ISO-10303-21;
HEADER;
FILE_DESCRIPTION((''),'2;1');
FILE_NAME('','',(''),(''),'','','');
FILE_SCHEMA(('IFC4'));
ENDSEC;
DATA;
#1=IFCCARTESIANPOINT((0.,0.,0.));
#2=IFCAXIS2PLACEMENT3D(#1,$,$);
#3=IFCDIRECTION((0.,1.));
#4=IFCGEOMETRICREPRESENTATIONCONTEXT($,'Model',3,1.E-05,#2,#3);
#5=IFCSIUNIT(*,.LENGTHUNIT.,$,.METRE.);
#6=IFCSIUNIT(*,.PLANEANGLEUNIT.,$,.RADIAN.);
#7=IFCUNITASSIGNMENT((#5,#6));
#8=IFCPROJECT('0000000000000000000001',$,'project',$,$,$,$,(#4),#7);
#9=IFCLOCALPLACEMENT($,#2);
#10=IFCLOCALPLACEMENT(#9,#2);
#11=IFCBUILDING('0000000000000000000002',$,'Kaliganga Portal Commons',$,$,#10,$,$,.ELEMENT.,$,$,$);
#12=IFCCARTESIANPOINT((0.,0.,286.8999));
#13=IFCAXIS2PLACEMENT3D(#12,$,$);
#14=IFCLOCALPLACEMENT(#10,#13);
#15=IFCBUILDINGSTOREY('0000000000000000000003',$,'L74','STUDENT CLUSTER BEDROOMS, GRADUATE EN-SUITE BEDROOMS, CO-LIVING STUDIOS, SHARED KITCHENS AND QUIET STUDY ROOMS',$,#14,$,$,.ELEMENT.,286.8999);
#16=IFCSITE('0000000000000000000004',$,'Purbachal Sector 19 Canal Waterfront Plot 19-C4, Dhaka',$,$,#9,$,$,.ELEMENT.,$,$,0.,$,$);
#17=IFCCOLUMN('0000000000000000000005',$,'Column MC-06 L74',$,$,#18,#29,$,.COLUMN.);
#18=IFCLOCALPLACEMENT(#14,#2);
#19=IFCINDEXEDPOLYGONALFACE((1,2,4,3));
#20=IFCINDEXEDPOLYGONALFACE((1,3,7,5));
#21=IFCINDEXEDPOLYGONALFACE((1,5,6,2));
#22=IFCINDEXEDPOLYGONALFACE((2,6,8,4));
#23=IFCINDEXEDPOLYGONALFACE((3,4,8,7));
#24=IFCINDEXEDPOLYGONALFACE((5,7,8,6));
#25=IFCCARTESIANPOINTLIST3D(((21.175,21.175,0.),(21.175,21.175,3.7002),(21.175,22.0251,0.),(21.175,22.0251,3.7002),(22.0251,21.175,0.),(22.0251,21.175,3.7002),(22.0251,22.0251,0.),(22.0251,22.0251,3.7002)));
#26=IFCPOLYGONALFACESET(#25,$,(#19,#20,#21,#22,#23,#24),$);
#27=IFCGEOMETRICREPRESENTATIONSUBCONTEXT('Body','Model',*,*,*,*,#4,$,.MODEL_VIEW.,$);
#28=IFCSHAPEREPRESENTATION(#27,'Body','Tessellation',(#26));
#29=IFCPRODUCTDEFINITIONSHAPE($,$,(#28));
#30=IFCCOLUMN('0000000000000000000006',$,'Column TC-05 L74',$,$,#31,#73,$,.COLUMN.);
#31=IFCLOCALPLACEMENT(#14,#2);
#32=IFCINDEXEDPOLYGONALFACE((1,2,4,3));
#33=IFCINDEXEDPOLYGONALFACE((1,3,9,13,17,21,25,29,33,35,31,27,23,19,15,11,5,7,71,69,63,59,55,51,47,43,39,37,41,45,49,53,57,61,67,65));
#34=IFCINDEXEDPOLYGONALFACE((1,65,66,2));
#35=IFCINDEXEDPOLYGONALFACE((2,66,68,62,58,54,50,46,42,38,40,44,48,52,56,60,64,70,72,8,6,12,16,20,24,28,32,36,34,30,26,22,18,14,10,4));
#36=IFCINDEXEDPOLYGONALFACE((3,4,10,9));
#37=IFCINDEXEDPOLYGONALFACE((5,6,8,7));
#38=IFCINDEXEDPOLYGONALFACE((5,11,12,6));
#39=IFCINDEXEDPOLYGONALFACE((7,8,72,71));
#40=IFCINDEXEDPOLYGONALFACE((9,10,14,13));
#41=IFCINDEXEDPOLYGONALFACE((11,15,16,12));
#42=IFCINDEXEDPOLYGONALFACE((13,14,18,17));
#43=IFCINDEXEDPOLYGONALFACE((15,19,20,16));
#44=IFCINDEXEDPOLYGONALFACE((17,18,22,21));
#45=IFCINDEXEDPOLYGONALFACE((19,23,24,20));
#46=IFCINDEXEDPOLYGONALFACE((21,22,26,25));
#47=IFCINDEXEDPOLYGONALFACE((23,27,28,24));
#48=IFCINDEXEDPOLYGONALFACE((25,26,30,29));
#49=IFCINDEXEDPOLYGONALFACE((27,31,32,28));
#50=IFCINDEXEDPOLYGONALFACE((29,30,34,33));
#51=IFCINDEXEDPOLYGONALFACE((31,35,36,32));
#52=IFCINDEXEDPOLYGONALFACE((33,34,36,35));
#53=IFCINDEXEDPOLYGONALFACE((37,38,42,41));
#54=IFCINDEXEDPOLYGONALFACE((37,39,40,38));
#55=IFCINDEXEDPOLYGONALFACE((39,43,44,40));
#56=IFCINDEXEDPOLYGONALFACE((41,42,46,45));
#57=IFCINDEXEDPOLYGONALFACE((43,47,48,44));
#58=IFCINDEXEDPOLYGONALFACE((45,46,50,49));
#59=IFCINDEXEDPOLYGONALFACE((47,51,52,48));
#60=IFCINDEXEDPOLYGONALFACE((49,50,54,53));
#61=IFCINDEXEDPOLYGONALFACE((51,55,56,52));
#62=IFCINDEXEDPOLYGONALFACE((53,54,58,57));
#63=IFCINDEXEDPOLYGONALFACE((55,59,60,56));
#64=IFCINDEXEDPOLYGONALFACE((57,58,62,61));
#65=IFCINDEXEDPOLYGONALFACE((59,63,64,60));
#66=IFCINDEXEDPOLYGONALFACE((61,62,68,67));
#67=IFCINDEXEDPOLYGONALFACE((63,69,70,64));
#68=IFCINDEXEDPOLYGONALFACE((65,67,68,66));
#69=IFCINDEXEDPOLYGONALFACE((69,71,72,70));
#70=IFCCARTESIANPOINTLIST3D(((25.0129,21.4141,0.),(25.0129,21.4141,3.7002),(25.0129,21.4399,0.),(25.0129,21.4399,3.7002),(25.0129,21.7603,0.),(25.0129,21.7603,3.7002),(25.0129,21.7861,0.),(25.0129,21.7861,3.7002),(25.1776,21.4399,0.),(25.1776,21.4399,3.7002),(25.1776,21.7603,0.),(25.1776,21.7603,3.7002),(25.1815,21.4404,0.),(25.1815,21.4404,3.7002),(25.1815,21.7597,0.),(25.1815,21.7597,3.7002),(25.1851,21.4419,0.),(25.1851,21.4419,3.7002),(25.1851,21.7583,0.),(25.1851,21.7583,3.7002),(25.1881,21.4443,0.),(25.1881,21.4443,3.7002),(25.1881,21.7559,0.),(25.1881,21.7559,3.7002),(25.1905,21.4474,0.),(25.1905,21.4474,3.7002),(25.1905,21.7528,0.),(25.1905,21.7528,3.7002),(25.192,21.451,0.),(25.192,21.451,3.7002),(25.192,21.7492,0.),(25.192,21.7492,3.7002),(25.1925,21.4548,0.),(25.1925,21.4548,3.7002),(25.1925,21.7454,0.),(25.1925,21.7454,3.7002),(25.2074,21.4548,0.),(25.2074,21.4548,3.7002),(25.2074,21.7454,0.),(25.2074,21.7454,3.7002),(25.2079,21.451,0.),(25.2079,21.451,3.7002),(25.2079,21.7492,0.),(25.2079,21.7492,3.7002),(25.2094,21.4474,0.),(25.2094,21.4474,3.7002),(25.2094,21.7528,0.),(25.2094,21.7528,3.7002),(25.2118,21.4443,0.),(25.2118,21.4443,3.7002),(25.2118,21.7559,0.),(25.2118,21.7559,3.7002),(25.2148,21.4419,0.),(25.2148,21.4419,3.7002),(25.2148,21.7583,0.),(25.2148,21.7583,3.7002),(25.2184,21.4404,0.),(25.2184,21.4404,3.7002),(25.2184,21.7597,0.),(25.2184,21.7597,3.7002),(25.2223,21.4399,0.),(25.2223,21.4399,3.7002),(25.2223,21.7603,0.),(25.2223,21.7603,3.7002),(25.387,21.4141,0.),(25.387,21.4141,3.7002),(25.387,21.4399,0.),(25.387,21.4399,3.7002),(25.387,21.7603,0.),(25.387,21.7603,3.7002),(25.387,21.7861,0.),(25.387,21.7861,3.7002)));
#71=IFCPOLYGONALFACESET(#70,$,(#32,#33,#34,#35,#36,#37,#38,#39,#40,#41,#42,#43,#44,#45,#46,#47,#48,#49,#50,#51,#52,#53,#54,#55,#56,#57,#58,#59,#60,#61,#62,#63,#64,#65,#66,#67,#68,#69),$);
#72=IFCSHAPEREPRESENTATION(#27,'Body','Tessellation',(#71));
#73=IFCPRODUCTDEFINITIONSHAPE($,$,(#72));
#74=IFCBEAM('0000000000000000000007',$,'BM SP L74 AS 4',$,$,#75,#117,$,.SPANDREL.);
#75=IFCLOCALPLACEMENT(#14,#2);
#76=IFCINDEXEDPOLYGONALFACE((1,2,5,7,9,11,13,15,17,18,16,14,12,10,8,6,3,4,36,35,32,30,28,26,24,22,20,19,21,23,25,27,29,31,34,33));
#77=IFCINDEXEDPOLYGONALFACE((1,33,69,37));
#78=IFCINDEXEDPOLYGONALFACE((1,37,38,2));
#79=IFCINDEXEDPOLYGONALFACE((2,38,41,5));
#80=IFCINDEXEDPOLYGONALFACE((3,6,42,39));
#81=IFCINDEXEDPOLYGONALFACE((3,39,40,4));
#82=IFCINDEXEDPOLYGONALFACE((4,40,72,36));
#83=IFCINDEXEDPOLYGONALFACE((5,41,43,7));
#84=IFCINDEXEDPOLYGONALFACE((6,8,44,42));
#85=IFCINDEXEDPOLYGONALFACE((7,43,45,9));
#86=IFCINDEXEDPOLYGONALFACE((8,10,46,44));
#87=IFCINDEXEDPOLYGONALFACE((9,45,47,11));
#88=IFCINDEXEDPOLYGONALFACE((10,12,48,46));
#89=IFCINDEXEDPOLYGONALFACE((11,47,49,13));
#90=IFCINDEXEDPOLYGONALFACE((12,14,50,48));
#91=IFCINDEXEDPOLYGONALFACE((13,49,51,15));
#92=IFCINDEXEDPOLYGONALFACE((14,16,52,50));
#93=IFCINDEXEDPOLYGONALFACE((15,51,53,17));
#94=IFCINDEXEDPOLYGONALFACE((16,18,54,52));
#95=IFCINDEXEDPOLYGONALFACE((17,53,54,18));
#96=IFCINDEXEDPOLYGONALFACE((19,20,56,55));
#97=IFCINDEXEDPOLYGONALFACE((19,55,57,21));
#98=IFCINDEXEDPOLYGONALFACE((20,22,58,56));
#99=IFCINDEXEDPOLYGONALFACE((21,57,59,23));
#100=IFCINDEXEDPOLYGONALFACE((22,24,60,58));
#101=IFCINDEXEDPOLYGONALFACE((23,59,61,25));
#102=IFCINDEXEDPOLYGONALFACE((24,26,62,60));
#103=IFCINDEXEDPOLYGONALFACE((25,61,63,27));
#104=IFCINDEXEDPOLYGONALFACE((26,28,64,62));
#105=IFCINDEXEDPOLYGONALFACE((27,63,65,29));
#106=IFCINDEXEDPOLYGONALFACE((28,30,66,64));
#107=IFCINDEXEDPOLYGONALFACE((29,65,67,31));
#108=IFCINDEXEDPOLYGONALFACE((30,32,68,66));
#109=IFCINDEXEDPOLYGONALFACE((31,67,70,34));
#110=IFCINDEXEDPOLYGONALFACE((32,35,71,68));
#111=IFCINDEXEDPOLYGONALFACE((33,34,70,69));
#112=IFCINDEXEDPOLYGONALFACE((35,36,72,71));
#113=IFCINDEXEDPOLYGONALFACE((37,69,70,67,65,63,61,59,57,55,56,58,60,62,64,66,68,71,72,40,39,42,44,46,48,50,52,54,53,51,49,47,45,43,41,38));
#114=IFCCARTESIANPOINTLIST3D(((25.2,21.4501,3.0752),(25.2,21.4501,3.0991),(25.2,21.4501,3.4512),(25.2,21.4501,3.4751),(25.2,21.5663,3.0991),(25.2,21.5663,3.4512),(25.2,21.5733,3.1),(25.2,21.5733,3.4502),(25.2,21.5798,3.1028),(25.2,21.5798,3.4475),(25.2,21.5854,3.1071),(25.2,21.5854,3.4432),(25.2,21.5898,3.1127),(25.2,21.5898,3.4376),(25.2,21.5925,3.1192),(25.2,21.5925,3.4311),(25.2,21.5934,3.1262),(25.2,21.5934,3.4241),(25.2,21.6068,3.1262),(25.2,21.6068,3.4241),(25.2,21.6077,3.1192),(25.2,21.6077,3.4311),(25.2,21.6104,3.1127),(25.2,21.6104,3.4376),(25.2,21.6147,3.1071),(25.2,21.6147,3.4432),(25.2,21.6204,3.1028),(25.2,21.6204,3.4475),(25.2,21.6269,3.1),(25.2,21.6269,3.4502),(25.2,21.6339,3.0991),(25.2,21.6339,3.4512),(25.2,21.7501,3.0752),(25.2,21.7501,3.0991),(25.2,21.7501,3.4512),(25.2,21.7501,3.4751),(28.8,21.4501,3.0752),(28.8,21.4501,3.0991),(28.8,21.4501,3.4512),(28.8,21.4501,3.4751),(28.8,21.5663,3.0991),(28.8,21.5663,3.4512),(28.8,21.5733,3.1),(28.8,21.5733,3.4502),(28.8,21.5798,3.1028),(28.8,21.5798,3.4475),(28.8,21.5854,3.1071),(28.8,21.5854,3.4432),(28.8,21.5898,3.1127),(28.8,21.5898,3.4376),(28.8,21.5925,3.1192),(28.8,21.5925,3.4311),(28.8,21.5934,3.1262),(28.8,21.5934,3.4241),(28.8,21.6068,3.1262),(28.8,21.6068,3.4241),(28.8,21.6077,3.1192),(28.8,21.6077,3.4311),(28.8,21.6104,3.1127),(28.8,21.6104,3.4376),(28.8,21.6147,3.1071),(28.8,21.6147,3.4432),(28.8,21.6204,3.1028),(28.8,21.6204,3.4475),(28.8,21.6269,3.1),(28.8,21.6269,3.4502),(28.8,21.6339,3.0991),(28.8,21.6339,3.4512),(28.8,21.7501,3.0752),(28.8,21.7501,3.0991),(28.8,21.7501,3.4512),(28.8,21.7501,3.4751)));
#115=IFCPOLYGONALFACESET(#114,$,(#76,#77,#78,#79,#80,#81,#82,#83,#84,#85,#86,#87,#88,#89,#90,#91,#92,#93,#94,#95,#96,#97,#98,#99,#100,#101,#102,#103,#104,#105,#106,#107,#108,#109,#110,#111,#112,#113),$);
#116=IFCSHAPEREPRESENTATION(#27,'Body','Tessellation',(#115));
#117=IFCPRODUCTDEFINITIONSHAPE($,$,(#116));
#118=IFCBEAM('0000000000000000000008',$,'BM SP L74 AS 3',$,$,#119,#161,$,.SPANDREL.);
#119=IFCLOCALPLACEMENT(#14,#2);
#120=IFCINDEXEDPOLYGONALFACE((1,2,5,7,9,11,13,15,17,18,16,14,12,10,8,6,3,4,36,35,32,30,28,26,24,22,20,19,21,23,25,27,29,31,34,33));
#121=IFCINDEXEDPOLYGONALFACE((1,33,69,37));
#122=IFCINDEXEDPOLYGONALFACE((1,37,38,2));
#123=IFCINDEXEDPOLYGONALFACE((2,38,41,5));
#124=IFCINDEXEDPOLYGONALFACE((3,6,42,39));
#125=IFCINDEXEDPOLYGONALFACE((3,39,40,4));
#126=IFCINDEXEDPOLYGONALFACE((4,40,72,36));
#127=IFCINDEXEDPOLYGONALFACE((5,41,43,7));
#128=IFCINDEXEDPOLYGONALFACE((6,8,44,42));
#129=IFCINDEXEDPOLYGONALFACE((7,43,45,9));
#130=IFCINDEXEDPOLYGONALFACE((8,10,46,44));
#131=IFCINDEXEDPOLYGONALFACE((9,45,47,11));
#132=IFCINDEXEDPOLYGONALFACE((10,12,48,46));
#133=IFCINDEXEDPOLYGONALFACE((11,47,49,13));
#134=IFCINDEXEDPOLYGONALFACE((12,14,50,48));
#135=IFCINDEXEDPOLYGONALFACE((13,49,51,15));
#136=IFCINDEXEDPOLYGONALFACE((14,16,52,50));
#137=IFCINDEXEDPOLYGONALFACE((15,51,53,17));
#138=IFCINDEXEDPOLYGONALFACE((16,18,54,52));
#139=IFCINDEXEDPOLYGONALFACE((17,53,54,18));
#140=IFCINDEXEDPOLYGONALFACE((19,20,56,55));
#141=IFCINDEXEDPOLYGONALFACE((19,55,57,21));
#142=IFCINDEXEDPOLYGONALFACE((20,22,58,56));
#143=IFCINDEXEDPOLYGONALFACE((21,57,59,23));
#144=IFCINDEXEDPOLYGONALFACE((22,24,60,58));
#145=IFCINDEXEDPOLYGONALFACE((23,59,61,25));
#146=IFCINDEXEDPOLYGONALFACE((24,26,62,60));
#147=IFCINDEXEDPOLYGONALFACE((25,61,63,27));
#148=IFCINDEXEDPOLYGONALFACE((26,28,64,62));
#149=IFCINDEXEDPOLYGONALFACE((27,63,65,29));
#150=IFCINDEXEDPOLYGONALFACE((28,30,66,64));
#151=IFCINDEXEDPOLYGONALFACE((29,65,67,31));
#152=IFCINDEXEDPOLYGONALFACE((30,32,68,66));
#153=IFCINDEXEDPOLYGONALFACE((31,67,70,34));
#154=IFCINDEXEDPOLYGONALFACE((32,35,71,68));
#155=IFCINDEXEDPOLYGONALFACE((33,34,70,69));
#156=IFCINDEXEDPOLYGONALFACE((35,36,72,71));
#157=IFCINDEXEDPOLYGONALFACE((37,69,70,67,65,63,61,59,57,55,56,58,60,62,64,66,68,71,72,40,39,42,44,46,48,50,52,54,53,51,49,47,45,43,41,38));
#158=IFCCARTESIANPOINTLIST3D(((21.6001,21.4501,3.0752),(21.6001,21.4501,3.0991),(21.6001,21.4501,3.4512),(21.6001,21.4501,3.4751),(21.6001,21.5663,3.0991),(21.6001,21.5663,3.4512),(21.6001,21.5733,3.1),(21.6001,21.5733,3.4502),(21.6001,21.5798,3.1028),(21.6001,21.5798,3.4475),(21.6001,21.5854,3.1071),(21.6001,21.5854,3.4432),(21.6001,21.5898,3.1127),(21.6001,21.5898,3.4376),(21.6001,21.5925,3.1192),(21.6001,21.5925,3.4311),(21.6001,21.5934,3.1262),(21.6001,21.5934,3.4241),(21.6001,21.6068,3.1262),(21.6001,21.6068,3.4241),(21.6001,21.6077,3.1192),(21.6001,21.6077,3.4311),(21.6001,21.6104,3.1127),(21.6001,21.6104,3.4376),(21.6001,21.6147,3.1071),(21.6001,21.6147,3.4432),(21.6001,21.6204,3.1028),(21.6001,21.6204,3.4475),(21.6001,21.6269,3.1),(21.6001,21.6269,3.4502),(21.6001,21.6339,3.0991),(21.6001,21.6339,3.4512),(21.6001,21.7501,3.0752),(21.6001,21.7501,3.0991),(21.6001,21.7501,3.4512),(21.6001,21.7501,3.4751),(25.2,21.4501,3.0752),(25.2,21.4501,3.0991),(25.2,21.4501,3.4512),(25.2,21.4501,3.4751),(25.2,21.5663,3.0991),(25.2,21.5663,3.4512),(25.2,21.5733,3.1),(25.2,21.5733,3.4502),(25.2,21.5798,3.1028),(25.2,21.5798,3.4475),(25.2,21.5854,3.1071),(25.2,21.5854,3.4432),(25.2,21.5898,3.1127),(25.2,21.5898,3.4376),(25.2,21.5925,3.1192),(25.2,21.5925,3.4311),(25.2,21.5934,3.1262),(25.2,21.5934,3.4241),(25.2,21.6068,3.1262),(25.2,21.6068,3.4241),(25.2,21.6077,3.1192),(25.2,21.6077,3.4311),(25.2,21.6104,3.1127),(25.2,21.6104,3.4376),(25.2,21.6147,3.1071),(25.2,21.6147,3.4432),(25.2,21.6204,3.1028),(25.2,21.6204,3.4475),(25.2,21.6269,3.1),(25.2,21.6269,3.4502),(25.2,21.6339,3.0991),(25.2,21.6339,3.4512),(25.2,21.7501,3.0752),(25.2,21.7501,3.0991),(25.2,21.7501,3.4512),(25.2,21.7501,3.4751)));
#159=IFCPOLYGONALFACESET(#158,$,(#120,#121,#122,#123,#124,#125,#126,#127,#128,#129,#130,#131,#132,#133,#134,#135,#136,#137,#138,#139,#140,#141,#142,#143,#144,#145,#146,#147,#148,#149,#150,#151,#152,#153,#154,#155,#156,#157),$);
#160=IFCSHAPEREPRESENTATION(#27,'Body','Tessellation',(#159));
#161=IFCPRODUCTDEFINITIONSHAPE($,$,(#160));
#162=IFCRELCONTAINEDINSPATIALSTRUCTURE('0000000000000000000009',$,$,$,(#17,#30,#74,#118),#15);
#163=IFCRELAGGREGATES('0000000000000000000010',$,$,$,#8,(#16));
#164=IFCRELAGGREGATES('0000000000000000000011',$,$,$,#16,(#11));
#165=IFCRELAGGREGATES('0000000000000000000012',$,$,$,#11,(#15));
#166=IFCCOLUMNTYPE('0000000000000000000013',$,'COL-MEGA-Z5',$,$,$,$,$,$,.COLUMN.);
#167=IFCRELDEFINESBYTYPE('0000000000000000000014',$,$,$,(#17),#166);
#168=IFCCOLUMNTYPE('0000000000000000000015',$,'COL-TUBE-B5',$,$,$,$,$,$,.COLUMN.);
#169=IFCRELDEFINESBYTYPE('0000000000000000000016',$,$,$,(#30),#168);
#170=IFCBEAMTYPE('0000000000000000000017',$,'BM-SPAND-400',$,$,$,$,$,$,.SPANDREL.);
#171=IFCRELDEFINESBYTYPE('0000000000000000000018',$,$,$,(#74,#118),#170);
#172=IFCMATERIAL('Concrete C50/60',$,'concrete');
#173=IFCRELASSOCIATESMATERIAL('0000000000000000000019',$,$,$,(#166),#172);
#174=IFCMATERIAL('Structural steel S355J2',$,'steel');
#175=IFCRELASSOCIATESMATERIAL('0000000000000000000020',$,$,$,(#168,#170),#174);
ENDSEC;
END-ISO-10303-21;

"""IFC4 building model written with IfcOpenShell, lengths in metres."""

from ifc_helpers import new_model, si_unit, direction, frame, origin, origin_2d, place, context, subcontext, project, spatial, rectangle, i_section, extrude, source, transform, mapped, material, material_profile, profile_set, type_object, element, save


model = new_model("IFC4")

# Units and contexts
model_context = context("Model", 3, precision=1e-05, world=origin(), true_north=direction((0.0, 1.0)))
body_context = subcontext(model_context, "Body", "Model", "MODEL_VIEW")
ifc_project = project(units=[si_unit("LENGTHUNIT", "METRE"), si_unit("PLANEANGLEUNIT", "RADIAN")], contexts=[model_context])

# Site, building, storey
site_placement = place(None, origin())
site = spatial("IfcSite", under=ifc_project, at=site_placement, Name="Purbachal Sector 19 Canal Waterfront Plot 19-C4, Dhaka", CompositionType="ELEMENT", RefElevation=0.0)
building_placement = place(site_placement, origin())
building = spatial("IfcBuilding", under=site, at=building_placement, Name="Kaliganga Portal Commons", CompositionType="ELEMENT")
storey_placement = place(building_placement, frame((0.0, 0.0, 286.8999)))
storey = spatial("IfcBuildingStorey", under=building, at=storey_placement, Name="L74", Description="STUDENT CLUSTER BEDROOMS, GRADUATE EN-SUITE BEDROOMS, CO-LIVING STUDIOS, SHARED KITCHENS AND QUIET STUDY ROOMS", CompositionType="ELEMENT", Elevation=286.8999)

# Columns
ifc_material_1 = material(Name="Concrete C50/60", Category="concrete")
ifc_material_profile_1 = material_profile(ifc_material_1, rectangle(XDim=0.8501, YDim=0.8501, at=origin_2d()), Name="RC 850x850")
ifc_profile_set_1 = profile_set([ifc_material_profile_1], Name="Concrete C50/60")
column_type_1 = type_object("IfcColumnType", Name="COL-MEGA-Z5", PredefinedType="COLUMN", material=ifc_profile_set_1)
shared_shape_1 = source(origin(), body_context, "Body", "SweptSolid", [
    extrude(rectangle(XDim=0.8501, YDim=0.8501, at=origin_2d()), origin(), (0.0, 0.0, 1.0), 3.7002),
])
column_1_placement = place(storey_placement, frame((21.6001, 21.6001, 0.0), z_axis=(0.0, 0.0, 1.0), x_axis=(1.0, 0.0, 0.0)))
element("IfcColumn", 1, at=column_1_placement, inside=storey, type_object=column_type_1, Name="Column MC-06 L74", PredefinedType="COLUMN", context=body_context, shape_type="MappedRepresentation", body=[
    mapped(shared_shape_1, transform((0.0, 0.0, 0.0), x_axis=(1.0, 0.0, 0.0), y_axis=(0.0, 1.0, 0.0), z_axis=(0.0, 0.0, 1.0), scale=1.0)),
])
ifc_material_2 = material(Name="Structural steel S355J2", Category="steel")
ifc_material_profile_2 = material_profile(ifc_material_2, i_section(OverallWidth=0.374, OverallDepth=0.3721, WebThickness=0.0149, FlangeThickness=0.0259, FilletRadius=0.0149, at=origin_2d()), Name="HD 360x196")
ifc_profile_set_2 = profile_set([ifc_material_profile_2], Name="Structural steel S355J2 wide-flange")
column_type_2 = type_object("IfcColumnType", Name="COL-TUBE-B5", PredefinedType="COLUMN", material=ifc_profile_set_2)
shared_shape_2 = source(origin(), body_context, "Body", "SweptSolid", [
    extrude(i_section(OverallWidth=0.374, OverallDepth=0.3721, WebThickness=0.0149, FlangeThickness=0.0259, FilletRadius=0.0149, at=origin_2d()), origin(), (0.0, 0.0, 1.0), 3.7002),
])
column_2_placement = place(storey_placement, frame((25.2, 21.6001, 0.0), z_axis=(0.0, 0.0, 1.0), x_axis=(1.0, 0.0, 0.0)))
element("IfcColumn", 2, at=column_2_placement, inside=storey, type_object=column_type_2, Name="Column TC-05 L74", PredefinedType="COLUMN", context=body_context, shape_type="MappedRepresentation", body=[
    mapped(shared_shape_2, transform((0.0, 0.0, 0.0), x_axis=(1.0, 0.0, 0.0), y_axis=(0.0, 1.0, 0.0), z_axis=(0.0, 0.0, 1.0), scale=1.0)),
])

# Beams
ifc_material_profile_3 = material_profile(ifc_material_2, i_section(OverallWidth=0.3, OverallDepth=0.3999, WebThickness=0.0134, FlangeThickness=0.0239, FilletRadius=0.0271, at=origin_2d()), Name="HE 400 B")
ifc_profile_set_3 = profile_set([ifc_material_profile_3], Name="Structural steel S355J2 wide-flange")
beam_type_1 = type_object("IfcBeamType", Name="BM-SPAND-400", PredefinedType="SPANDREL", material=ifc_profile_set_3)
shared_shape_3 = source(origin(), body_context, "Body", "SweptSolid", [
    extrude(i_section(OverallWidth=0.3, OverallDepth=0.3999, WebThickness=0.0134, FlangeThickness=0.0239, FilletRadius=0.0271, at=origin_2d()), origin(), (0.0, 0.0, 1.0), 3.6001),
])
beam_1_placement = place(storey_placement, frame((25.2, 21.6001, 3.2751), z_axis=(1.0, 0.0, 0.0), x_axis=(0.0, 1.0, 0.0)))
element("IfcBeam", 3, at=beam_1_placement, inside=storey, type_object=beam_type_1, Name="BM SP L74 AS 4", PredefinedType="SPANDREL", context=body_context, shape_type="MappedRepresentation", body=[
    mapped(shared_shape_3, transform((0.0, 0.0, 0.0), x_axis=(1.0, 0.0, 0.0), y_axis=(0.0, 1.0, 0.0), z_axis=(0.0, 0.0, 1.0), scale=1.0)),
])
shared_shape_4 = source(origin(), body_context, "Body", "SweptSolid", [
    extrude(i_section(OverallWidth=0.3, OverallDepth=0.3999, WebThickness=0.0134, FlangeThickness=0.0239, FilletRadius=0.0271, at=origin_2d()), origin(), (0.0, 0.0, 1.0), 3.5999),
])
beam_2_placement = place(storey_placement, frame((21.6001, 21.6001, 3.2751), z_axis=(1.0, 0.0, 0.0), x_axis=(0.0, 1.0, 0.0)))
element("IfcBeam", 4, at=beam_2_placement, inside=storey, type_object=beam_type_1, Name="BM SP L74 AS 3", PredefinedType="SPANDREL", context=body_context, shape_type="MappedRepresentation", body=[
    mapped(shared_shape_4, transform((0.0, 0.0, 0.0), x_axis=(1.0, 0.0, 0.0), y_axis=(0.0, 1.0, 0.0), z_axis=(0.0, 0.0, 1.0), scale=1.0)),
])

save(model, "model.ifc")
